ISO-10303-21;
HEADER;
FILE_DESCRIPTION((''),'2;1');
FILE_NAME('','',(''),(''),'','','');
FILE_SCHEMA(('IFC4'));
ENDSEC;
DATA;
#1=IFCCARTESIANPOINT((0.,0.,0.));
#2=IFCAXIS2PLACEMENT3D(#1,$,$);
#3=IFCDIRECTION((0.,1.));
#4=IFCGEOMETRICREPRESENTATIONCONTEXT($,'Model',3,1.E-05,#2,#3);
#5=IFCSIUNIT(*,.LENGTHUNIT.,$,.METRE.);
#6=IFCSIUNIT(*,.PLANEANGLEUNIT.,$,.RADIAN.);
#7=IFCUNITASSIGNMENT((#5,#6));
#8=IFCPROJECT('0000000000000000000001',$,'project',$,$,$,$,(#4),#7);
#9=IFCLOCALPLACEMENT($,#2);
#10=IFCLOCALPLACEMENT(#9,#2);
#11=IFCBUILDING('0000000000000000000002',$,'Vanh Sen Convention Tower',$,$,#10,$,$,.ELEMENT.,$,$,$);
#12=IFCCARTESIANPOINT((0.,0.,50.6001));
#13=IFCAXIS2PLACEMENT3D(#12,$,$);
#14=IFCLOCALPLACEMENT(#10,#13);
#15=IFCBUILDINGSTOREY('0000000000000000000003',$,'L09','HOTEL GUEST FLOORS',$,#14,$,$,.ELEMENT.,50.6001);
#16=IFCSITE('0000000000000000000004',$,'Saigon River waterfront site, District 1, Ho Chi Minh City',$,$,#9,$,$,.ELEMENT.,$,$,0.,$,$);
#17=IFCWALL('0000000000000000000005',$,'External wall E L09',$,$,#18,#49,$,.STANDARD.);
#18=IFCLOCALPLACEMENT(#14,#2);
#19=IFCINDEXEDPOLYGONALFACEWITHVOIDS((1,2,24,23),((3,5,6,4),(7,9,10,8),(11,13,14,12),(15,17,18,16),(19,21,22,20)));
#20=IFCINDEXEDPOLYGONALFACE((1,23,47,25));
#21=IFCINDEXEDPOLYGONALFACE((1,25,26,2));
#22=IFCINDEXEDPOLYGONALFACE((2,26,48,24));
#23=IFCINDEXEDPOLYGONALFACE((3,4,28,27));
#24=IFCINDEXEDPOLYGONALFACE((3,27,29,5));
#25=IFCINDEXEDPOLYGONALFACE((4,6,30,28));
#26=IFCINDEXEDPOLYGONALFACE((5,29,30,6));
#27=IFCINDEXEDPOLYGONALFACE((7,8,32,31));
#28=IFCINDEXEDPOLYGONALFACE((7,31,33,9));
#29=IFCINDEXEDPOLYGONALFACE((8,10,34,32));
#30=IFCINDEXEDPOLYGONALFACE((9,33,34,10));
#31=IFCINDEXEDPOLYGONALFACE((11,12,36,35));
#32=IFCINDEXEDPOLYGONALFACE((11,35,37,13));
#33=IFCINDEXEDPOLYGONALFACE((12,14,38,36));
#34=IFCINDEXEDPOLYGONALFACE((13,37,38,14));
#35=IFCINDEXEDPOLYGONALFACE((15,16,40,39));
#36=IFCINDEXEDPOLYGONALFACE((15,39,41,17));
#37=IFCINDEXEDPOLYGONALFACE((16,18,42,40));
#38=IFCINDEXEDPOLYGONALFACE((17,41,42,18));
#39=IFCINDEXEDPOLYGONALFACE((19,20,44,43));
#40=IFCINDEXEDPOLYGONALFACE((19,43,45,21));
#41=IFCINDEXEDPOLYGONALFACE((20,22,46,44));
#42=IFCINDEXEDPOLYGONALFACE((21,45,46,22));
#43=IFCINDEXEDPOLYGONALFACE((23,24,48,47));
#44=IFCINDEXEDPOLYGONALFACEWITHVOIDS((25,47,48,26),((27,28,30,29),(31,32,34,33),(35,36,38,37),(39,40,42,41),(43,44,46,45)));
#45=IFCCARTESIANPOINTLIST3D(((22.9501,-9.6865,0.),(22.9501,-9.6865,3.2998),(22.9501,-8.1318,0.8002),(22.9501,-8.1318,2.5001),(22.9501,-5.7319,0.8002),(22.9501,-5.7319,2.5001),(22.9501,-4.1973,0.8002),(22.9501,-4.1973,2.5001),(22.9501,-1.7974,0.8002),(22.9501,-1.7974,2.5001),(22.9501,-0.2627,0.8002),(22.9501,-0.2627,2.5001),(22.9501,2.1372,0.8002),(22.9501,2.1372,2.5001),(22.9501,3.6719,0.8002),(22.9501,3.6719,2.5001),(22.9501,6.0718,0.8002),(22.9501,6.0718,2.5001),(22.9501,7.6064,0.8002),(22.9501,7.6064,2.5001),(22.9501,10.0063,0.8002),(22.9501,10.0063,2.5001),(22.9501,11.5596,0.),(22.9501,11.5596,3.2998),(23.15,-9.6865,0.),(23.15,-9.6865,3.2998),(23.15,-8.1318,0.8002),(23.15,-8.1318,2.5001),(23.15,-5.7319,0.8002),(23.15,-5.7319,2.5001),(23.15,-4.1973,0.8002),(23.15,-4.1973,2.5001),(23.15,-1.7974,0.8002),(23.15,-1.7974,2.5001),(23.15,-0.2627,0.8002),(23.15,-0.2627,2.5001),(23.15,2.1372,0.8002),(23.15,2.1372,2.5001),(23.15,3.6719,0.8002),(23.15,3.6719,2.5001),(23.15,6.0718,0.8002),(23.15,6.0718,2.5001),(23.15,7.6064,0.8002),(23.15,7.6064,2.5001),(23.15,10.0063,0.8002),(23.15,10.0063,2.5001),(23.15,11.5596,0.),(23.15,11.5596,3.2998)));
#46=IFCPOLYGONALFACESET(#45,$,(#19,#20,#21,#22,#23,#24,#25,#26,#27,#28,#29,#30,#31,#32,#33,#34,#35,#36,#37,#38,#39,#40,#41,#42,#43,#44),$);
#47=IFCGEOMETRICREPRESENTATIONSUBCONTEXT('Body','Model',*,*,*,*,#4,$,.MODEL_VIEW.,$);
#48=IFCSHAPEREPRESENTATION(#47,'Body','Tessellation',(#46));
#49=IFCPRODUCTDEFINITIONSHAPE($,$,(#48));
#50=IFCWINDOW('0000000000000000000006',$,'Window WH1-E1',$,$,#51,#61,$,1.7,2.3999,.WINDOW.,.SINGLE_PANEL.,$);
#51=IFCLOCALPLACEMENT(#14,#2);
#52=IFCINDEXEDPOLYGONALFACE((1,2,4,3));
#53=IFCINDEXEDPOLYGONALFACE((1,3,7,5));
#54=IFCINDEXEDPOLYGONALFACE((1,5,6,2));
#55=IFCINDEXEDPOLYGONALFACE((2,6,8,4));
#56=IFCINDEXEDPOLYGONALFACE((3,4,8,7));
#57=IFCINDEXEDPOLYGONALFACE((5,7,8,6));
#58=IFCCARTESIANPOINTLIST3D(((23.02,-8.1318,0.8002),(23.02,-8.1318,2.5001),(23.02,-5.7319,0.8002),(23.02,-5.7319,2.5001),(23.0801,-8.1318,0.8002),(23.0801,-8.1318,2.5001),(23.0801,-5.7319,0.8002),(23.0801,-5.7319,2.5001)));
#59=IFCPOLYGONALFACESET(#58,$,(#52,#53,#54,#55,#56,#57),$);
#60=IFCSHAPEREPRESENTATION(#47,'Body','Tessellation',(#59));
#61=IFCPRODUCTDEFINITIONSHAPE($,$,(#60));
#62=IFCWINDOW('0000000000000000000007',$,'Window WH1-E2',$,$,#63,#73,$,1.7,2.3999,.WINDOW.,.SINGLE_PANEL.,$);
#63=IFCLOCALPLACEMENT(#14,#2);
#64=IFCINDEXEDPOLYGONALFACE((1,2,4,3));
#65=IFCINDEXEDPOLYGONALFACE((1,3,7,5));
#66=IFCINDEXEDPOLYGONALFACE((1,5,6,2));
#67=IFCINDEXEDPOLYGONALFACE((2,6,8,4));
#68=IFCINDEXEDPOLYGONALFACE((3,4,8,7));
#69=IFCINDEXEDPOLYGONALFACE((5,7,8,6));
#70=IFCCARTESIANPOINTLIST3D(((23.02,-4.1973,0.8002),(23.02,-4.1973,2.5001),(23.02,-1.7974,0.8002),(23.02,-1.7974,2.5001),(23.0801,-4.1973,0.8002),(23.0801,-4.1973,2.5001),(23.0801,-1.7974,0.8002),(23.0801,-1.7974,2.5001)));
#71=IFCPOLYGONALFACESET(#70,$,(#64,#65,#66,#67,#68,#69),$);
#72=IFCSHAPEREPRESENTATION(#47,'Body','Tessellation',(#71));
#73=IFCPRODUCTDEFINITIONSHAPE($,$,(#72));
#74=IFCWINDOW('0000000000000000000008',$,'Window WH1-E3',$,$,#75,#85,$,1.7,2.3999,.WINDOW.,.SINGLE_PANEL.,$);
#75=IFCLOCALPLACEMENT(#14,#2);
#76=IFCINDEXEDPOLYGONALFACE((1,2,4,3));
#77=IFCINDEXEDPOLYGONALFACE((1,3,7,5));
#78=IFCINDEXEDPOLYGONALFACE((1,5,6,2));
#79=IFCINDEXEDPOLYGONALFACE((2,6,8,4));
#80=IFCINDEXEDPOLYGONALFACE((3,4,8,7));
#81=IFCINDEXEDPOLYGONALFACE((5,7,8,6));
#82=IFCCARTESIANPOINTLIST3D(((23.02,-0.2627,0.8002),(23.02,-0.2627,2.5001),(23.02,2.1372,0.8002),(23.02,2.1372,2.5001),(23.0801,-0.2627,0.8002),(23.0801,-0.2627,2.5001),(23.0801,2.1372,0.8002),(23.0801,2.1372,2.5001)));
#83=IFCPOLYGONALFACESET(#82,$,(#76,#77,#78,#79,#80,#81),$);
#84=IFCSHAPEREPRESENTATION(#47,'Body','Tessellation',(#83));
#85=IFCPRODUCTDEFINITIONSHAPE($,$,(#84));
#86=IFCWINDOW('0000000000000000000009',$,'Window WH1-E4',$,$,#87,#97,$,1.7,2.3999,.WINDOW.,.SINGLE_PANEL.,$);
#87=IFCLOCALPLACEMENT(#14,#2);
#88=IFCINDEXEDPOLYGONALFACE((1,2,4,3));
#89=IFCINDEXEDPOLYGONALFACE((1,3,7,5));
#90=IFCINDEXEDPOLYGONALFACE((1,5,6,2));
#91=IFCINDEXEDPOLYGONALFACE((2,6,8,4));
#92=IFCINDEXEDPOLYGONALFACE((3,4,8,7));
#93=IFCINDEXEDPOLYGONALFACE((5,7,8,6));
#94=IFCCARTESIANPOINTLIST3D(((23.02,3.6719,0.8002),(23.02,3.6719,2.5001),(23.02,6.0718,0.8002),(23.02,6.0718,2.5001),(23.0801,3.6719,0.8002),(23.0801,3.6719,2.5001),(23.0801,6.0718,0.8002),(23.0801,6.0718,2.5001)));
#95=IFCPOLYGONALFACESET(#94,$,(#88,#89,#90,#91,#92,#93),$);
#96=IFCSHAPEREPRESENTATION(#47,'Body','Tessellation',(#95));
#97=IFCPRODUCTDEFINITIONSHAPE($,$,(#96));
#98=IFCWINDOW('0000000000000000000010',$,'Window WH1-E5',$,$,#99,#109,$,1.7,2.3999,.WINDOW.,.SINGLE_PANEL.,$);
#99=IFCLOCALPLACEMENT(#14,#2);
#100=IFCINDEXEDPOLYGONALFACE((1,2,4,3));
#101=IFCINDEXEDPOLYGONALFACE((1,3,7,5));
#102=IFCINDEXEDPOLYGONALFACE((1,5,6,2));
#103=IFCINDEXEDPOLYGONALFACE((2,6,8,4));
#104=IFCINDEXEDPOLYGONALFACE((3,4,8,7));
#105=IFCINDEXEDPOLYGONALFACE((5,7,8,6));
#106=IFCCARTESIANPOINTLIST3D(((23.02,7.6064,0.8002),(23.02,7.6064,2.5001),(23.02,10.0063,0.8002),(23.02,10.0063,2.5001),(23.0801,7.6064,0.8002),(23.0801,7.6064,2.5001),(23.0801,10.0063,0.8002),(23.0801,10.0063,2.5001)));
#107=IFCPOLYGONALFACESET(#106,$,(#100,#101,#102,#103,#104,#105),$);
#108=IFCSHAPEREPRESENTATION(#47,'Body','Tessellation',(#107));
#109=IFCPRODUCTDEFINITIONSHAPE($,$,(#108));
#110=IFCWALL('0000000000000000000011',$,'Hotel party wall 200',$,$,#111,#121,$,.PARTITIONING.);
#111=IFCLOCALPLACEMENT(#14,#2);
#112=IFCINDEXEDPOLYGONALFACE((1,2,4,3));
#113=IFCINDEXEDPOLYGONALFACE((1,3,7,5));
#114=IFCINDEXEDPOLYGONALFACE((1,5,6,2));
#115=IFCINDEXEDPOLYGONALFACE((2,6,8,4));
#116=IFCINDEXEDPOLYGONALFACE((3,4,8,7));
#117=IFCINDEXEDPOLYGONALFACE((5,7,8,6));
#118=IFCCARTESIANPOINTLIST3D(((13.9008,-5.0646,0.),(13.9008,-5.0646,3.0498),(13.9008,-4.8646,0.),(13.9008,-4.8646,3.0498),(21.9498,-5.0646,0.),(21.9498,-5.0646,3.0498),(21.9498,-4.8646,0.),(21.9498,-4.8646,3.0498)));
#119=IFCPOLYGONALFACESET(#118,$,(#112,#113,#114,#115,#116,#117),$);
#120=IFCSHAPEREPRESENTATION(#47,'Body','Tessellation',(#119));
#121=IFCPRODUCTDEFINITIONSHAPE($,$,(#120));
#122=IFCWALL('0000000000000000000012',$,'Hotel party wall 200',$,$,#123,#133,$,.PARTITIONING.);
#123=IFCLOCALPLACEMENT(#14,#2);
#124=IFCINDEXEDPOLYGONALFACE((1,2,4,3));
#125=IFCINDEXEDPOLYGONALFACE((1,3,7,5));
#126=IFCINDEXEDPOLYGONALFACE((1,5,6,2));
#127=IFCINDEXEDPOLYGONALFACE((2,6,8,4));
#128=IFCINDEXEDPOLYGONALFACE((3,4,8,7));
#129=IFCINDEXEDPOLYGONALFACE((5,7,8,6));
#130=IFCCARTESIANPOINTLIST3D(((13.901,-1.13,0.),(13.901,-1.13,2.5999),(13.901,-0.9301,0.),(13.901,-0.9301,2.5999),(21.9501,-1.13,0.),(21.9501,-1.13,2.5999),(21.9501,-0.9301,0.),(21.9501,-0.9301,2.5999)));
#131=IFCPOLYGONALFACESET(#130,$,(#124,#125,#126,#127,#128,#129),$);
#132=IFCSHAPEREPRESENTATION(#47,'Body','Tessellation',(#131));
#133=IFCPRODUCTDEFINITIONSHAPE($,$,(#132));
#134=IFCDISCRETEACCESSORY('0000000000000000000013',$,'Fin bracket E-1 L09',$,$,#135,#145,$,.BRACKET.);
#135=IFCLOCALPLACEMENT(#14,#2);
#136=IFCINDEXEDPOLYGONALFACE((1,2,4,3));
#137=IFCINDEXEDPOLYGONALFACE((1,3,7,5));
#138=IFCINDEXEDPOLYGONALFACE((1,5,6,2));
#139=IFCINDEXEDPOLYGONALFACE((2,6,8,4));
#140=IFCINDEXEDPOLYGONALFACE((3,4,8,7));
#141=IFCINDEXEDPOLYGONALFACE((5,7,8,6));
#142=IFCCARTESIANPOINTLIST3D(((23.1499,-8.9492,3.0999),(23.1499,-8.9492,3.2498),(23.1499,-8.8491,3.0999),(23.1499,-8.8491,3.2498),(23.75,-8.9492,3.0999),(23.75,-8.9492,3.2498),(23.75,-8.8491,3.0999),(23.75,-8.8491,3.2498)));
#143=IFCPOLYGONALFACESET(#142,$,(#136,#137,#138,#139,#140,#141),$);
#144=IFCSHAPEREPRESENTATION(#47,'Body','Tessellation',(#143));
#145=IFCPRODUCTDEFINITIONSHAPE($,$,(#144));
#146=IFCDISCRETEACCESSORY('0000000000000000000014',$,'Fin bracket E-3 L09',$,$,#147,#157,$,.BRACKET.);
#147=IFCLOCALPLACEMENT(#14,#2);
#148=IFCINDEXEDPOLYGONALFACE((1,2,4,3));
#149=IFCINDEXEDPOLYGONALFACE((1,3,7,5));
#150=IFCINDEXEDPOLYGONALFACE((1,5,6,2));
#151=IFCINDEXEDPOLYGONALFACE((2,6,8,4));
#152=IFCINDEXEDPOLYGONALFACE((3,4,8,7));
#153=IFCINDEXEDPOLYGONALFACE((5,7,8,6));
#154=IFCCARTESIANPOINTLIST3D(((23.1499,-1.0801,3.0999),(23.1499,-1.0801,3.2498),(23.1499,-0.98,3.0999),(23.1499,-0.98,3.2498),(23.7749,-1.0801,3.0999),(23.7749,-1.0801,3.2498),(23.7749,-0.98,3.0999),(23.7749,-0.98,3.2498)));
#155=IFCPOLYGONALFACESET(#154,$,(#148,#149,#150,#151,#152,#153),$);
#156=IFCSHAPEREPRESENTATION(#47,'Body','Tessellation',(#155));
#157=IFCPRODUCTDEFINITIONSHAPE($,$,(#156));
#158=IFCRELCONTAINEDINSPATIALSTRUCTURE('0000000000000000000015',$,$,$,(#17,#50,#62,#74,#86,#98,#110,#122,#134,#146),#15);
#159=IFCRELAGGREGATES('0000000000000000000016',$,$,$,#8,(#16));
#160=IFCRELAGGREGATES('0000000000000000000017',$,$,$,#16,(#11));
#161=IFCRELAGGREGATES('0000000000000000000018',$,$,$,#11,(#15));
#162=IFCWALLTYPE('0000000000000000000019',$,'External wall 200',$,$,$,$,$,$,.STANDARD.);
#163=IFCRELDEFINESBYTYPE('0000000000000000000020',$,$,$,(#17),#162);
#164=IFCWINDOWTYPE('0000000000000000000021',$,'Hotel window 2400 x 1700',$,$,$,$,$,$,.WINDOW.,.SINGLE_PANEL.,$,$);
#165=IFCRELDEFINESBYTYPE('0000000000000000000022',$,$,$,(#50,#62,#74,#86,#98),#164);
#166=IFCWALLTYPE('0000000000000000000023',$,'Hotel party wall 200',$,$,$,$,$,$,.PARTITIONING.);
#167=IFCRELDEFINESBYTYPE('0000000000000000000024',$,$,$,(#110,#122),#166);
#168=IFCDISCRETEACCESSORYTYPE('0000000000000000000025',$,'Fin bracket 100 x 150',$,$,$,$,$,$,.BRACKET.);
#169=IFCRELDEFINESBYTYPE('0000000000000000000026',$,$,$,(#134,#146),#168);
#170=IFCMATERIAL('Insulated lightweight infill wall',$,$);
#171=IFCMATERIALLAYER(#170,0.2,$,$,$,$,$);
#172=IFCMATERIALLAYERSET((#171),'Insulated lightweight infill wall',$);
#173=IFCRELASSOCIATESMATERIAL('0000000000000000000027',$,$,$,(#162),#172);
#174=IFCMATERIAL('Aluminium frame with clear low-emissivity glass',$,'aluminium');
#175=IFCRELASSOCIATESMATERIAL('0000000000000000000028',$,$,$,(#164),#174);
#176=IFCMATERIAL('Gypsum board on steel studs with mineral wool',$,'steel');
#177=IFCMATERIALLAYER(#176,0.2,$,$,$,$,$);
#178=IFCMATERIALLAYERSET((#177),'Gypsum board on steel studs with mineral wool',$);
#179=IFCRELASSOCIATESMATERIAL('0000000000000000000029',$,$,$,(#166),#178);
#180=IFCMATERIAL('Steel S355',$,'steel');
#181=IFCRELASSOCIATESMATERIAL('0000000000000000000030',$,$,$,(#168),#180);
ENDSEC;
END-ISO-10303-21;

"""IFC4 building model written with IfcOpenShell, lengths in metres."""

from ifc_helpers import new_model, si_unit, direction, frame, frame_2d, origin, origin_2d, place, context, subcontext, project, spatial, rectangle, extrude, material, layer, layer_set, type_object, element, fill, save


model = new_model("IFC4")

# Units and contexts
model_context = context("Model", 3, precision=1e-05, world=origin(), true_north=direction((0.0, 1.0)))
body_context = subcontext(model_context, "Body", "Model", "MODEL_VIEW")
ifc_project = project(units=[si_unit("LENGTHUNIT", "METRE"), si_unit("PLANEANGLEUNIT", "RADIAN")], contexts=[model_context])

# Site, building, storey
site_placement = place(None, origin())
site = spatial("IfcSite", under=ifc_project, at=site_placement, Name="Saigon River waterfront site, District 1, Ho Chi Minh City", CompositionType="ELEMENT", RefElevation=0.0)
building_placement = place(site_placement, origin())
building = spatial("IfcBuilding", under=site, at=building_placement, Name="Vanh Sen Convention Tower", CompositionType="ELEMENT")
storey_placement = place(building_placement, frame((0.0, 0.0, 50.6001)))
storey = spatial("IfcBuildingStorey", under=building, at=storey_placement, Name="L09", Description="HOTEL GUEST FLOORS", CompositionType="ELEMENT", Elevation=50.6001)

# Wall, openings, windows
ifc_material_1 = material(Name="Insulated lightweight infill wall")
ifc_layer_1 = layer(ifc_material_1, 0.2)
ifc_layer_set_1 = layer_set([ifc_layer_1], Name="Insulated lightweight infill wall")
wall_type_1 = type_object("IfcWallType", Name="External wall 200", PredefinedType="STANDARD", material=ifc_layer_set_1)
wall_1_placement = place(storey_placement, frame((23.05, -9.6865, 0.0), z_axis=(0.0, 0.0, 1.0), x_axis=(0.0, 1.0, 0.0)))
wall_1 = element("IfcWall", 1, at=wall_1_placement, inside=storey, type_object=wall_type_1, Name="External wall E L09", PredefinedType="STANDARD", context=body_context, shape_type="SweptSolid", body=[
    extrude(rectangle(XDim=21.2461, YDim=0.2, at=frame_2d((10.623, 0.0))), origin(), (0.0, 0.0, 1.0), 3.2998),
])
opening_1_placement = place(wall_1_placement, frame((1.5547, 0.0, 0.8)))
opening_1 = element("IfcOpeningElement", 2, at=opening_1_placement, cuts=wall_1, PredefinedType="OPENING", context=body_context, shape_type="SweptSolid", body=[
    extrude(rectangle(XDim=2.3999, YDim=1.7, at=frame_2d((1.2, 0.8501))), frame((0.0, 0.1099, 0.0), z_axis=(0.0, -1.0, 0.0), x_axis=(1.0, 0.0, 0.0)), (0.0, 0.0, 1.0), 0.22),
])
opening_2_placement = place(wall_1_placement, frame((5.4893, 0.0, 0.8)))
opening_2 = element("IfcOpeningElement", 3, at=opening_2_placement, cuts=wall_1, PredefinedType="OPENING", context=body_context, shape_type="SweptSolid", body=[
    extrude(rectangle(XDim=2.3999, YDim=1.7, at=frame_2d((1.2, 0.8501))), frame((0.0, 0.1099, 0.0), z_axis=(0.0, -1.0, 0.0), x_axis=(1.0, 0.0, 0.0)), (0.0, 0.0, 1.0), 0.22),
])
opening_3_placement = place(wall_1_placement, frame((9.4238, 0.0, 0.8)))
opening_3 = element("IfcOpeningElement", 4, at=opening_3_placement, cuts=wall_1, PredefinedType="OPENING", context=body_context, shape_type="SweptSolid", body=[
    extrude(rectangle(XDim=2.3999, YDim=1.7, at=frame_2d((1.2, 0.8501))), frame((0.0, 0.1099, 0.0), z_axis=(0.0, -1.0, 0.0), x_axis=(1.0, 0.0, 0.0)), (0.0, 0.0, 1.0), 0.22),
])
opening_4_placement = place(wall_1_placement, frame((13.3584, 0.0, 0.8)))
opening_4 = element("IfcOpeningElement", 5, at=opening_4_placement, cuts=wall_1, PredefinedType="OPENING", context=body_context, shape_type="SweptSolid", body=[
    extrude(rectangle(XDim=2.3999, YDim=1.7, at=frame_2d((1.2, 0.8501))), frame((0.0, 0.1099, 0.0), z_axis=(0.0, -1.0, 0.0), x_axis=(1.0, 0.0, 0.0)), (0.0, 0.0, 1.0), 0.22),
])
opening_5_placement = place(wall_1_placement, frame((17.293, 0.0, 0.8)))
opening_5 = element("IfcOpeningElement", 6, at=opening_5_placement, cuts=wall_1, PredefinedType="OPENING", context=body_context, shape_type="SweptSolid", body=[
    extrude(rectangle(XDim=2.3999, YDim=1.7, at=frame_2d((1.2, 0.8501))), frame((0.0, 0.1099, 0.0), z_axis=(0.0, -1.0, 0.0), x_axis=(1.0, 0.0, 0.0)), (0.0, 0.0, 1.0), 0.22),
])
ifc_material_2 = material(Name="Aluminium frame with clear low-emissivity glass", Category="aluminium")
window_type = type_object("IfcWindowType", Name="Hotel window 2400 x 1700", PartitioningType="SINGLE_PANEL", PredefinedType="WINDOW", material=ifc_material_2)
window_1_placement = place(opening_1_placement, origin())
window_1 = element("IfcWindow", 7, at=window_1_placement, inside=storey, type_object=window_type, Name="Window WH1-E1", OverallHeight=1.7, OverallWidth=2.3999, PartitioningType="SINGLE_PANEL", PredefinedType="WINDOW", context=body_context, shape_type="SweptSolid", body=[
    extrude(rectangle(XDim=2.3999, YDim=1.7, at=frame_2d((1.2, 0.8501))), frame((0.0, 0.03, 0.0), z_axis=(0.0, -1.0, 0.0), x_axis=(1.0, 0.0, 0.0)), (0.0, 0.0, 1.0), 0.0601),
])
fill(opening_1, window_1)
window_2_placement = place(opening_2_placement, origin())
window_2 = element("IfcWindow", 8, at=window_2_placement, inside=storey, type_object=window_type, Name="Window WH1-E2", OverallHeight=1.7, OverallWidth=2.3999, PartitioningType="SINGLE_PANEL", PredefinedType="WINDOW", context=body_context, shape_type="SweptSolid", body=[
    extrude(rectangle(XDim=2.3999, YDim=1.7, at=frame_2d((1.2, 0.8501))), frame((0.0, 0.03, 0.0), z_axis=(0.0, -1.0, 0.0), x_axis=(1.0, 0.0, 0.0)), (0.0, 0.0, 1.0), 0.0601),
])
fill(opening_2, window_2)
window_3_placement = place(opening_3_placement, origin())
window_3 = element("IfcWindow", 9, at=window_3_placement, inside=storey, type_object=window_type, Name="Window WH1-E3", OverallHeight=1.7, OverallWidth=2.3999, PartitioningType="SINGLE_PANEL", PredefinedType="WINDOW", context=body_context, shape_type="SweptSolid", body=[
    extrude(rectangle(XDim=2.3999, YDim=1.7, at=frame_2d((1.2, 0.8501))), frame((0.0, 0.03, 0.0), z_axis=(0.0, -1.0, 0.0), x_axis=(1.0, 0.0, 0.0)), (0.0, 0.0, 1.0), 0.0601),
])
fill(opening_3, window_3)
window_4_placement = place(opening_4_placement, origin())
window_4 = element("IfcWindow", 10, at=window_4_placement, inside=storey, type_object=window_type, Name="Window WH1-E4", OverallHeight=1.7, OverallWidth=2.3999, PartitioningType="SINGLE_PANEL", PredefinedType="WINDOW", context=body_context, shape_type="SweptSolid", body=[
    extrude(rectangle(XDim=2.3999, YDim=1.7, at=frame_2d((1.2, 0.8501))), frame((0.0, 0.03, 0.0), z_axis=(0.0, -1.0, 0.0), x_axis=(1.0, 0.0, 0.0)), (0.0, 0.0, 1.0), 0.0601),
])
fill(opening_4, window_4)
window_5_placement = place(opening_5_placement, origin())
window_5 = element("IfcWindow", 11, at=window_5_placement, inside=storey, type_object=window_type, Name="Window WH1-E5", OverallHeight=1.7, OverallWidth=2.3999, PartitioningType="SINGLE_PANEL", PredefinedType="WINDOW", context=body_context, shape_type="SweptSolid", body=[
    extrude(rectangle(XDim=2.3999, YDim=1.7, at=frame_2d((1.2, 0.8501))), frame((0.0, 0.03, 0.0), z_axis=(0.0, -1.0, 0.0), x_axis=(1.0, 0.0, 0.0)), (0.0, 0.0, 1.0), 0.0601),
])
fill(opening_5, window_5)

# Walls
ifc_material_3 = material(Name="Gypsum board on steel studs with mineral wool", Category="steel")
ifc_layer_2 = layer(ifc_material_3, 0.2)
ifc_layer_set_2 = layer_set([ifc_layer_2], Name="Gypsum board on steel studs with mineral wool")
wall_type_2 = type_object("IfcWallType", Name="Hotel party wall 200", PredefinedType="PARTITIONING", material=ifc_layer_set_2)
wall_2_placement = place(storey_placement, frame((13.9009, -4.9646, 0.0), z_axis=(0.0, 0.0, 1.0), x_axis=(1.0, 0.0, 0.0)))
element("IfcWall", 12, at=wall_2_placement, inside=storey, type_object=wall_type_2, Name="Hotel party wall 200", PredefinedType="PARTITIONING", context=body_context, shape_type="SweptSolid", body=[
    extrude(rectangle(XDim=8.0491, YDim=0.2, at=frame_2d((4.0244, 0.0))), origin(), (0.0, 0.0, 1.0), 3.0498),
])
wall_3_placement = place(storey_placement, frame((21.95, -1.03, 0.0), z_axis=(0.0, 0.0, 1.0), x_axis=(-1.0, 0.0, 0.0)))
element("IfcWall", 13, at=wall_3_placement, inside=storey, type_object=wall_type_2, Name="Hotel party wall 200", PredefinedType="PARTITIONING", context=body_context, shape_type="SweptSolid", body=[
    extrude(rectangle(XDim=8.0491, YDim=0.2, at=frame_2d((4.0244, 0.0))), origin(), (0.0, 0.0, 1.0), 2.5999),
])

# Discrete accessories
ifc_material_4 = material(Name="Steel S355", Category="steel")
discrete_accessory_type = type_object("IfcDiscreteAccessoryType", Name="Fin bracket 100 x 150", PredefinedType="BRACKET", material=ifc_material_4)
discrete_accessory_1_placement = place(storey_placement, frame((23.45, -8.8992, 3.0999), z_axis=(0.0, 0.0, 1.0), x_axis=(1.0, 0.0, 0.0)))
element("IfcDiscreteAccessory", 14, at=discrete_accessory_1_placement, inside=storey, type_object=discrete_accessory_type, Name="Fin bracket E-1 L09", PredefinedType="BRACKET", context=body_context, shape_type="SweptSolid", body=[
    extrude(rectangle(XDim=0.6001, YDim=0.1001, at=origin_2d()), origin(), (0.0, 0.0, 1.0), 0.1499),
])
discrete_accessory_2_placement = place(storey_placement, frame((23.4624, -1.03, 3.0999), z_axis=(0.0, 0.0, 1.0), x_axis=(1.0, 0.0, 0.0)))
element("IfcDiscreteAccessory", 15, at=discrete_accessory_2_placement, inside=storey, type_object=discrete_accessory_type, Name="Fin bracket E-3 L09", PredefinedType="BRACKET", context=body_context, shape_type="SweptSolid", body=[
    extrude(rectangle(XDim=0.625, YDim=0.1001, at=origin_2d()), origin(), (0.0, 0.0, 1.0), 0.1499),
])

save(model, "model.ifc")
